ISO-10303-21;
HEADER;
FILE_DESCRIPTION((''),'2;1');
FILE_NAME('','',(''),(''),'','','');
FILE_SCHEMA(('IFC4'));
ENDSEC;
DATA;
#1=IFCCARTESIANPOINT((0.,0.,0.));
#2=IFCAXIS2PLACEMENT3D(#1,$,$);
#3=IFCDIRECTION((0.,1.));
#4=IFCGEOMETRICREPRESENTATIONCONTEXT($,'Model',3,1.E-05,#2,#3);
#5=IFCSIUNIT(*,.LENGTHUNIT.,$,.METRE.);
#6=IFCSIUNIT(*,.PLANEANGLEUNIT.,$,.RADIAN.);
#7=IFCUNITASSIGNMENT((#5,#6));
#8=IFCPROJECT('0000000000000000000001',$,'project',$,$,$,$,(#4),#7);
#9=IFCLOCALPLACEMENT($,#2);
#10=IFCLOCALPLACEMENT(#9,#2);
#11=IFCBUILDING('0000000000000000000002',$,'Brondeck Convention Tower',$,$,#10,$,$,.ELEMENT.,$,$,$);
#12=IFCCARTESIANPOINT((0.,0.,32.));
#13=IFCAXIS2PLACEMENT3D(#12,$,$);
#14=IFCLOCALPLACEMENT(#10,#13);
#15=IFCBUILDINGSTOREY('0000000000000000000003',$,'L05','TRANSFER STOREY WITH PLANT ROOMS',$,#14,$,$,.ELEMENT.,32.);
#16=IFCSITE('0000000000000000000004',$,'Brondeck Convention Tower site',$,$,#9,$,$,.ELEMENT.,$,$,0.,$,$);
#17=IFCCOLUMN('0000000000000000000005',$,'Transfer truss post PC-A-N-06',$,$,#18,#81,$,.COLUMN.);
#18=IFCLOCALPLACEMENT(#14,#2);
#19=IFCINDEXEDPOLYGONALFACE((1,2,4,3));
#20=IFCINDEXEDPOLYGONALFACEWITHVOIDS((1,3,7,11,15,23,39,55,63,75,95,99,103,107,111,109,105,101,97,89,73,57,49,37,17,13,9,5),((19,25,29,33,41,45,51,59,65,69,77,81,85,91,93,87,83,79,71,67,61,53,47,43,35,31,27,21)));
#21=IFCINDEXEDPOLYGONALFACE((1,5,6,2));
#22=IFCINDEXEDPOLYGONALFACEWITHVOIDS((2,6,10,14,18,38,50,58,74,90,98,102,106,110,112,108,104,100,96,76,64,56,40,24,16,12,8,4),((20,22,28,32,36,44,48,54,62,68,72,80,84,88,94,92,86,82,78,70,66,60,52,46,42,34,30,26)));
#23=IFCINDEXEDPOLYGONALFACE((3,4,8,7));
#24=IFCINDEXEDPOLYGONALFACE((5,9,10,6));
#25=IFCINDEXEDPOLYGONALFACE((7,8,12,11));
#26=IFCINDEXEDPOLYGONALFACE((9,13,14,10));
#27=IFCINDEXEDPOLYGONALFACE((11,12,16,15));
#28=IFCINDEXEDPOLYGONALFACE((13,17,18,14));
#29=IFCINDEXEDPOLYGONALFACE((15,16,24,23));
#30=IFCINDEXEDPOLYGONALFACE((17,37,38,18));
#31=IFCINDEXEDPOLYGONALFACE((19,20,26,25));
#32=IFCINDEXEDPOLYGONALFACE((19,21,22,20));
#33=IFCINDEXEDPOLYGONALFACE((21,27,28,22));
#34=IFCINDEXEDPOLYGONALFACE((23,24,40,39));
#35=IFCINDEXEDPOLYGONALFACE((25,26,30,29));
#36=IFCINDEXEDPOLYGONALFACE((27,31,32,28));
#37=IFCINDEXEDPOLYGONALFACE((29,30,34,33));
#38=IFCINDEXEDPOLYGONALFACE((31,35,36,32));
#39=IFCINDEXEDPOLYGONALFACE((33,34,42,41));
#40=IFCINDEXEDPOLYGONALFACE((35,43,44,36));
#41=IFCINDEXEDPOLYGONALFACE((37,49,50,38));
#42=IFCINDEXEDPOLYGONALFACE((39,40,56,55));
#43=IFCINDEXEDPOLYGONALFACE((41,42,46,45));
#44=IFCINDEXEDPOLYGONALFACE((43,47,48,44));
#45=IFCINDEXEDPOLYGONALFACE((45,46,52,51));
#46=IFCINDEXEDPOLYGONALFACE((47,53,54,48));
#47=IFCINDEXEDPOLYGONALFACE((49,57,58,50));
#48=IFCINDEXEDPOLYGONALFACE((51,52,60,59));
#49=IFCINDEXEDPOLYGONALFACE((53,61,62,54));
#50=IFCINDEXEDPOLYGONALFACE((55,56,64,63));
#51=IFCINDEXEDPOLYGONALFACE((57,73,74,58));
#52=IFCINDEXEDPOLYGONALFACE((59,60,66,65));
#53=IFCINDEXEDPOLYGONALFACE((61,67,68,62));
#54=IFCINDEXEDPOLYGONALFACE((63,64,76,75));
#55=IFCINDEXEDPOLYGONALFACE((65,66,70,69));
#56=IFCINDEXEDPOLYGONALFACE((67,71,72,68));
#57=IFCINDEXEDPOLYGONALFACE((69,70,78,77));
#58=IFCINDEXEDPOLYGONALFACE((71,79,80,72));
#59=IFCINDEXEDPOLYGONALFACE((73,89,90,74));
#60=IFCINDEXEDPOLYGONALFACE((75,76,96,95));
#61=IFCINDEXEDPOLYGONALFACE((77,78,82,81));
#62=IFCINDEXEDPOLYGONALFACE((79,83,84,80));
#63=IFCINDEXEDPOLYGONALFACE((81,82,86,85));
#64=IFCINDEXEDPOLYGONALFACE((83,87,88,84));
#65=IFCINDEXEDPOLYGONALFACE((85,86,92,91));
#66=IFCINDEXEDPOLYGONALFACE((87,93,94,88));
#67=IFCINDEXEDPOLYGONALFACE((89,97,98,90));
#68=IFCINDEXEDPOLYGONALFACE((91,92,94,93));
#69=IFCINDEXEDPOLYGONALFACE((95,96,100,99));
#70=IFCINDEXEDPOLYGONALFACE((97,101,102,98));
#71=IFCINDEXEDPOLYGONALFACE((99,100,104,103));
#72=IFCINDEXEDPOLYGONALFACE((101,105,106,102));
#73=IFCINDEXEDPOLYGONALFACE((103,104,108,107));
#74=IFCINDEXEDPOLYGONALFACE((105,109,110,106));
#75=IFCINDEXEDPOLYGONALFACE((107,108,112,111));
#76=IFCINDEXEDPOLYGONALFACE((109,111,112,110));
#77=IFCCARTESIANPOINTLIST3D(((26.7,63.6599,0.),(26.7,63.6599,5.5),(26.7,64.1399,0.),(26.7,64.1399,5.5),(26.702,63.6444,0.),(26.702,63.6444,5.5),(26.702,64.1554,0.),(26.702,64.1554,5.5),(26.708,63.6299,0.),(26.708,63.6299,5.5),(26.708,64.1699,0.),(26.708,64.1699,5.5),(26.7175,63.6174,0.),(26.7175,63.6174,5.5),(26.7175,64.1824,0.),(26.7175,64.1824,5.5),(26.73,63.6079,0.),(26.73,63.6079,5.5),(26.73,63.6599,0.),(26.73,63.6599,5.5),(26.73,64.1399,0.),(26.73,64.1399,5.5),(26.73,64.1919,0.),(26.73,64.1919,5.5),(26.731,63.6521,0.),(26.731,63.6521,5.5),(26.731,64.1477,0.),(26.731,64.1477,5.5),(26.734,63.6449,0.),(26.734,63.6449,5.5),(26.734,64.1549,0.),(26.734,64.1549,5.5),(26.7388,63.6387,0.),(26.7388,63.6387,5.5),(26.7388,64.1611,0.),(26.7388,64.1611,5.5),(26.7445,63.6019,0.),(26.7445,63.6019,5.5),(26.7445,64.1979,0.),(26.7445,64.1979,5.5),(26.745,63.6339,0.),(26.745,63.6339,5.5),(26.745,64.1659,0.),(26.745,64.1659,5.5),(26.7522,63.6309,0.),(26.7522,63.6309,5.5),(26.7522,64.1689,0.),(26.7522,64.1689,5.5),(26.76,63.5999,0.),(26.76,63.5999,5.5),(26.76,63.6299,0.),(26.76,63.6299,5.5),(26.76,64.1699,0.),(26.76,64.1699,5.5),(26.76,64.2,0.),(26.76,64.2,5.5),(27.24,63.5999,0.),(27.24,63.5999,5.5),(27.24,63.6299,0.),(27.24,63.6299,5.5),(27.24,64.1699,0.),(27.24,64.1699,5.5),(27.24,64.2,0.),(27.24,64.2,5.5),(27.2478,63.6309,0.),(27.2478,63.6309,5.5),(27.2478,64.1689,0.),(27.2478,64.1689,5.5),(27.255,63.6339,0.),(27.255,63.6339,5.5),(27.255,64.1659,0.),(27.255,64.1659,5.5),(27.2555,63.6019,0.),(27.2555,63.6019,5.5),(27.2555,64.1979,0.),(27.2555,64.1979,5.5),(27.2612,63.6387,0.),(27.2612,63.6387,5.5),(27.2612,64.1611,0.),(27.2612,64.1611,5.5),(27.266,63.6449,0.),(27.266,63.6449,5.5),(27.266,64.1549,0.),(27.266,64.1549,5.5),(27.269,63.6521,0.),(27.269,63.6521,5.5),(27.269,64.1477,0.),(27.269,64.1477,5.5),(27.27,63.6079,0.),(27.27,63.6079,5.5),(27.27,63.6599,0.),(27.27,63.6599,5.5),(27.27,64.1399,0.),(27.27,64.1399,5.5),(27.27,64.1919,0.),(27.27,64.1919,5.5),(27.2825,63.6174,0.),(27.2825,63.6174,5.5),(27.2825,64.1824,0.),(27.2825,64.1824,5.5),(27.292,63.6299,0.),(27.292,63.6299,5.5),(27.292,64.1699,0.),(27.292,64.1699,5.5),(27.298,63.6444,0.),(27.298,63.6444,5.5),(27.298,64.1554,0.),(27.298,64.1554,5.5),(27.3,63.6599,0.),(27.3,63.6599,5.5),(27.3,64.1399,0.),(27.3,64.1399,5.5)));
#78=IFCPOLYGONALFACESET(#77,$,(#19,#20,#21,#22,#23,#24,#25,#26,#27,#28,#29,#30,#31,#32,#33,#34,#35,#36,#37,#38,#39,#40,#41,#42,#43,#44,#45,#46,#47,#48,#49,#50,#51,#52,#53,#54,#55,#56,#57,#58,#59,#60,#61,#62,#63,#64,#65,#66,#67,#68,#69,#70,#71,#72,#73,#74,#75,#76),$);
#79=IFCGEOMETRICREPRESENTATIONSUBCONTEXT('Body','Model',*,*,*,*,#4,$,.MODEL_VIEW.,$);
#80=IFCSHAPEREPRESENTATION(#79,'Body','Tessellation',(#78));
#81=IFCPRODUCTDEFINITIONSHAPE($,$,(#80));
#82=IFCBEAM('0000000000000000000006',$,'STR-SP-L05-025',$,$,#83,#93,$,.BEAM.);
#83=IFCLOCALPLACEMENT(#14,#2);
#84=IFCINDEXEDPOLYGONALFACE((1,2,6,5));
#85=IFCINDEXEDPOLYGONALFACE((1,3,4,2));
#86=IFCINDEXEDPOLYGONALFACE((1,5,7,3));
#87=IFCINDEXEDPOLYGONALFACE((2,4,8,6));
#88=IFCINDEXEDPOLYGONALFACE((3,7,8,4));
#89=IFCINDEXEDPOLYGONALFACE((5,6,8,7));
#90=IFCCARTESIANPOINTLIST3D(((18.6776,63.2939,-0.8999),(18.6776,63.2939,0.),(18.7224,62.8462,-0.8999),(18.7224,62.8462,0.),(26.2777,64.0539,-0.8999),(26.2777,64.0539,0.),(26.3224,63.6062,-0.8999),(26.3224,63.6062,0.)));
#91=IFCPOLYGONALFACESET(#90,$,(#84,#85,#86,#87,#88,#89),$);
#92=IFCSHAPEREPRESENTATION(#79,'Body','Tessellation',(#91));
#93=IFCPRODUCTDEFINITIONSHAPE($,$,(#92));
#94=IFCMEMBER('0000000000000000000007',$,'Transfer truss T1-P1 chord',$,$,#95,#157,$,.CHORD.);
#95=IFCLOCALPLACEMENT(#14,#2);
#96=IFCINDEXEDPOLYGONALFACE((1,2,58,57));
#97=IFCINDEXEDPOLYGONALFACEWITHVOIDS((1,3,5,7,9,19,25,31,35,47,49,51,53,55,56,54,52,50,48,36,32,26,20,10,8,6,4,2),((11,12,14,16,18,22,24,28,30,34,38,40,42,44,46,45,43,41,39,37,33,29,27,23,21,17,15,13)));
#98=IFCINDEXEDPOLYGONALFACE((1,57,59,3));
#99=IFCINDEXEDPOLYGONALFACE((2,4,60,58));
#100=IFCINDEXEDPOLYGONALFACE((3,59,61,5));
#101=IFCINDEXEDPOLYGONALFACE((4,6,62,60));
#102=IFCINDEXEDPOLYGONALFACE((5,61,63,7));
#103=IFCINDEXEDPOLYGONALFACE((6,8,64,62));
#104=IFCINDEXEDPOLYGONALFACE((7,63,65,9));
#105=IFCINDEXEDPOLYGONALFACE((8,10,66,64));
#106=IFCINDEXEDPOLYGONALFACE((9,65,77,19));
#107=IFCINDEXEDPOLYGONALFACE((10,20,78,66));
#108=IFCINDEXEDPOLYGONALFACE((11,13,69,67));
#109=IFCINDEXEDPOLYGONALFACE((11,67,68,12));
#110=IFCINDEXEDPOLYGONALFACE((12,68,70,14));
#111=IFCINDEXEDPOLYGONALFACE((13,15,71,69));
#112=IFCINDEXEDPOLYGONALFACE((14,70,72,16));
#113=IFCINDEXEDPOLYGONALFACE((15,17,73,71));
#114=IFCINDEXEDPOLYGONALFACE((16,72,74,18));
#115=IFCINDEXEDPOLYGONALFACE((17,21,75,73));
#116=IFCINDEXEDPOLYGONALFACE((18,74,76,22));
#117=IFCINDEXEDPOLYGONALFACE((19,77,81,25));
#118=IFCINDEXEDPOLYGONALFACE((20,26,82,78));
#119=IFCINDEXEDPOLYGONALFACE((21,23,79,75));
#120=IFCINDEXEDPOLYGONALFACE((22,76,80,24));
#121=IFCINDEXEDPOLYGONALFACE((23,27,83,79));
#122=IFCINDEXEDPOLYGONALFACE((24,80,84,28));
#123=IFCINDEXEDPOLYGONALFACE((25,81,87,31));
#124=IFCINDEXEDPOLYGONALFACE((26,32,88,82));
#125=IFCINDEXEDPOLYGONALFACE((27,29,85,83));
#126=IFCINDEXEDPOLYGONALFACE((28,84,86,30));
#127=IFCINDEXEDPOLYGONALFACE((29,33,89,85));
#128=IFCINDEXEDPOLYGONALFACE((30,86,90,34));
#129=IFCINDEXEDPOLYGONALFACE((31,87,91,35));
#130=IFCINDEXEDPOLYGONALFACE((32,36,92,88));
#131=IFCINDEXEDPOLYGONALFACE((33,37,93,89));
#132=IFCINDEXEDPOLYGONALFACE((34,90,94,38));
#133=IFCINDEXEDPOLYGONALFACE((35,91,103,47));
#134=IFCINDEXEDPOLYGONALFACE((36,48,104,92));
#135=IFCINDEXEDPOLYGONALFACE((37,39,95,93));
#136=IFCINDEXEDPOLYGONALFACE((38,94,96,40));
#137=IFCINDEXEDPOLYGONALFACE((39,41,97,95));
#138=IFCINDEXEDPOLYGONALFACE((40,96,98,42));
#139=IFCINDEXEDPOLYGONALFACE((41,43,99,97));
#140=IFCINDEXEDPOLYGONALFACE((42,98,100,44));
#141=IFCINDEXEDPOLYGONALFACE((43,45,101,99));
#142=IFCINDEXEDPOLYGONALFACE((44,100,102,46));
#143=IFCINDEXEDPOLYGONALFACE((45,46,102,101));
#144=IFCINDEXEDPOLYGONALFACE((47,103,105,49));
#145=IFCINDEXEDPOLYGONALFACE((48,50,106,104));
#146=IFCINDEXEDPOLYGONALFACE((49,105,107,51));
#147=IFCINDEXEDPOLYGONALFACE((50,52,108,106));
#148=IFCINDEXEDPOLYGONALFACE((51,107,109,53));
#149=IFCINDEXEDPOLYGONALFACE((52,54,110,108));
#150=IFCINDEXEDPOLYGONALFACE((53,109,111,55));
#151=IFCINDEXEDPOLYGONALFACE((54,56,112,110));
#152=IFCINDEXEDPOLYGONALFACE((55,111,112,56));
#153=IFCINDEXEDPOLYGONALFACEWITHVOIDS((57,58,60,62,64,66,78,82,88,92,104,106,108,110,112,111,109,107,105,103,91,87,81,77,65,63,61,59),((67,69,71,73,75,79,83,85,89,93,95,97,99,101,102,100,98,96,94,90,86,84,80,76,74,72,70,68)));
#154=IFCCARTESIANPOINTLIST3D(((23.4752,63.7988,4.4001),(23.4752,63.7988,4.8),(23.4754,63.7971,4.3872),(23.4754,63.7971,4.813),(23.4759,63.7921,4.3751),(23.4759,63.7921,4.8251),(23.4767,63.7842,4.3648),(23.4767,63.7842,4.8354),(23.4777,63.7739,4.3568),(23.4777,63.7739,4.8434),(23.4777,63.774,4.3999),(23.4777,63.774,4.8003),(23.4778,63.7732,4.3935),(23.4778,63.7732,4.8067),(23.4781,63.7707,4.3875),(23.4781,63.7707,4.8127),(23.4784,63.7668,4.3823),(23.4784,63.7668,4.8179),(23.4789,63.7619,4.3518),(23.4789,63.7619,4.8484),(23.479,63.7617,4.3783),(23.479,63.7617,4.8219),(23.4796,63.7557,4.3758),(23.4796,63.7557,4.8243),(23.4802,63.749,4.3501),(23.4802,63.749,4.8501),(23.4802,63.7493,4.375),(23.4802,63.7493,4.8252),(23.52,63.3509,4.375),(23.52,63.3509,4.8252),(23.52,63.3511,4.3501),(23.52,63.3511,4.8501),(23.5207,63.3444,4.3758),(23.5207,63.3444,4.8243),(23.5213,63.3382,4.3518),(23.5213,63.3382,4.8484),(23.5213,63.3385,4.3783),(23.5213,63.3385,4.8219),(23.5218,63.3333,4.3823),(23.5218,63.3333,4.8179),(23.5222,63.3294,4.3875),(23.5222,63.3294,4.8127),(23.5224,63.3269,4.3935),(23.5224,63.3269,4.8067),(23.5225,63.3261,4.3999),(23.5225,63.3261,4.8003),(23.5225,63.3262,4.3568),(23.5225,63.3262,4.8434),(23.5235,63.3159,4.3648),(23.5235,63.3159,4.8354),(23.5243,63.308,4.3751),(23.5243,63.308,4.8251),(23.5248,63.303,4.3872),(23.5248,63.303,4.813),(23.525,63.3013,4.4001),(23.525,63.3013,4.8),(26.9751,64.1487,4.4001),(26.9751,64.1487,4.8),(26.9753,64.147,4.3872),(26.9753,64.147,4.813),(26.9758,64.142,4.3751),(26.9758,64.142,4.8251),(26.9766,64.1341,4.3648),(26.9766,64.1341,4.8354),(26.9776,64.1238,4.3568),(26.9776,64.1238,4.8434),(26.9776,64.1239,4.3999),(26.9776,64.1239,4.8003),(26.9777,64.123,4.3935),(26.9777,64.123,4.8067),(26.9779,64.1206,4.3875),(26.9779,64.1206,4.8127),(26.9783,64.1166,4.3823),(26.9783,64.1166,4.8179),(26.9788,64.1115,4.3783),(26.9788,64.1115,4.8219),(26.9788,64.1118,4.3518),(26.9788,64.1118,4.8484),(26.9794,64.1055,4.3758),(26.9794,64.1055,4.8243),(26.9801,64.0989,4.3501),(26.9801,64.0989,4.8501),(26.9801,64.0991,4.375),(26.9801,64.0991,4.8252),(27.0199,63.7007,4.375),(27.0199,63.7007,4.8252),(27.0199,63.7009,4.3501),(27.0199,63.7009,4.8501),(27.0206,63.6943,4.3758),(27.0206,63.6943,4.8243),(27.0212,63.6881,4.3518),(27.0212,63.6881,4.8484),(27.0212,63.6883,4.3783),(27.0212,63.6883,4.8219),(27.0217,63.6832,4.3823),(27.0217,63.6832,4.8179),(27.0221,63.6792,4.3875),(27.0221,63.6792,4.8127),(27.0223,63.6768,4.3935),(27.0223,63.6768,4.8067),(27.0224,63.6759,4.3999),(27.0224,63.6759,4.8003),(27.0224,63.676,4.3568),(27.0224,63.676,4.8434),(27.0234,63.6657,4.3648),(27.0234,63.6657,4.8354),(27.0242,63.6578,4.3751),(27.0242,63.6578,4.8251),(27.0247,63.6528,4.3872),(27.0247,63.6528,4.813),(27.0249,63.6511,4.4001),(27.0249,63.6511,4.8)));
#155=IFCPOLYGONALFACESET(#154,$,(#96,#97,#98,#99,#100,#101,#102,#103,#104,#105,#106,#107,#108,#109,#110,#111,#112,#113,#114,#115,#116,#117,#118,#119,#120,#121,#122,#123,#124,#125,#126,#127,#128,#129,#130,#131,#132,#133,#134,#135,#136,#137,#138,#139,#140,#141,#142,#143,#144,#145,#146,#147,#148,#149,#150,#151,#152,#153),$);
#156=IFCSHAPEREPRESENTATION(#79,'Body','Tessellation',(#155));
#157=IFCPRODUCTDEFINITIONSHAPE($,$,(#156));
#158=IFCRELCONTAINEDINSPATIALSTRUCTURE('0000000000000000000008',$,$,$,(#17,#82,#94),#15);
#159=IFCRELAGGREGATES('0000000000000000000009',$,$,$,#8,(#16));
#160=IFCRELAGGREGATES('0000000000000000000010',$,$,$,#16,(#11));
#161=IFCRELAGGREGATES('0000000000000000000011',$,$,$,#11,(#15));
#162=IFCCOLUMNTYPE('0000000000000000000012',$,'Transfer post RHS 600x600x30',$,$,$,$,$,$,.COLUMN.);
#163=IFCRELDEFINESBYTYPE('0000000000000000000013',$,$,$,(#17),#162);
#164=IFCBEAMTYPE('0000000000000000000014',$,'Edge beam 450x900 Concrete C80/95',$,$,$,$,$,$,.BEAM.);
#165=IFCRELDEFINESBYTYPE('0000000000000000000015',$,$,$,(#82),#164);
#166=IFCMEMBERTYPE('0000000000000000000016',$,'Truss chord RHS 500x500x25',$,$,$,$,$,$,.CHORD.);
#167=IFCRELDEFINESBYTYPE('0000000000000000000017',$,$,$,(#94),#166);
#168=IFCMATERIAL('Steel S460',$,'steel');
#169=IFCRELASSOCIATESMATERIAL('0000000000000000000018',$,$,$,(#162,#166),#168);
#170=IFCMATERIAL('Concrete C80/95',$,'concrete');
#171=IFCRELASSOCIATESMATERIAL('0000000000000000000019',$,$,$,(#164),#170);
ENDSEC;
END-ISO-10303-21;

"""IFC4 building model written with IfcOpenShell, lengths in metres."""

from ifc_helpers import new_model, si_unit, direction, frame, origin, origin_2d, place, context, subcontext, project, spatial, rectangle, hollow_rectangle, extrude, material, material_profile, profile_set, type_object, element, save


model = new_model("IFC4")

# Units and contexts
model_context = context("Model", 3, precision=1e-05, world=origin(), true_north=direction((0.0, 1.0)))
body_context = subcontext(model_context, "Body", "Model", "MODEL_VIEW")
ifc_project = project(units=[si_unit("LENGTHUNIT", "METRE"), si_unit("PLANEANGLEUNIT", "RADIAN")], contexts=[model_context])

# Site, building, storey
site_placement = place(None, origin())
site = spatial("IfcSite", under=ifc_project, at=site_placement, Name="Brondeck Convention Tower site", CompositionType="ELEMENT", RefElevation=0.0)
building_placement = place(site_placement, origin())
building = spatial("IfcBuilding", under=site, at=building_placement, Name="Brondeck Convention Tower", CompositionType="ELEMENT")
storey_placement = place(building_placement, frame((0.0, 0.0, 32.0)))
storey = spatial("IfcBuildingStorey", under=building, at=storey_placement, Name="L05", Description="TRANSFER STOREY WITH PLANT ROOMS", CompositionType="ELEMENT", Elevation=32.0)

# Column
ifc_material_1 = material(Name="Steel S460", Category="steel")
ifc_material_profile_1 = material_profile(ifc_material_1, hollow_rectangle(XDim=0.6001, YDim=0.6001, WallThickness=0.03, InnerFilletRadius=0.03, OuterFilletRadius=0.0601, at=origin_2d()), Name="RHS 600x600x30")
ifc_profile_set_1 = profile_set([ifc_material_profile_1], Name="Steel S460")
column_type = type_object("IfcColumnType", Name="Transfer post RHS 600x600x30", PredefinedType="COLUMN", material=ifc_profile_set_1)
column_placement = place(storey_placement, frame((27.0, 63.8999, 0.0), z_axis=(0.0, 0.0, 1.0), x_axis=(1.0, 0.0, 0.0)))
element("IfcColumn", 1, at=column_placement, inside=storey, type_object=column_type, Name="Transfer truss post PC-A-N-06", PredefinedType="COLUMN", context=body_context, shape_type="SweptSolid", body=[
    extrude(hollow_rectangle(XDim=0.6001, YDim=0.6001, WallThickness=0.03, InnerFilletRadius=0.03, OuterFilletRadius=0.0601, at=origin_2d()), origin(), (0.0, 0.0, 1.0), 5.5),
])

# Beam
ifc_material_2 = material(Name="Concrete C80/95", Category="concrete")
ifc_material_profile_2 = material_profile(ifc_material_2, rectangle(XDim=0.45, YDim=0.8999, at=origin_2d()), Name="Edge beam 450x900 Concrete C80/95")
ifc_profile_set_2 = profile_set([ifc_material_profile_2], Name="Concrete C80/95")
beam_type = type_object("IfcBeamType", Name="Edge beam 450x900 Concrete C80/95", PredefinedType="BEAM", material=ifc_profile_set_2)
beam_placement = place(storey_placement, frame((26.3, 63.8301, -0.45), z_axis=(-0.995037, -0.099504, 0.0), x_axis=(0.099504, -0.995037, 0.0)))
element("IfcBeam", 2, at=beam_placement, inside=storey, type_object=beam_type, Name="STR-SP-L05-025", PredefinedType="BEAM", context=body_context, shape_type="SweptSolid", body=[
    extrude(rectangle(XDim=0.45, YDim=0.8999, at=origin_2d()), origin(), (0.0, 0.0, 1.0), 7.6379),
])

# Member
ifc_material_profile_3 = material_profile(ifc_material_1, hollow_rectangle(XDim=0.5, YDim=0.5, WallThickness=0.0249, InnerFilletRadius=0.0249, OuterFilletRadius=0.05, at=origin_2d()), Name="RHS 500x500x25")
ifc_profile_set_3 = profile_set([ifc_material_profile_3], Name="Steel S460")
member_type_1 = type_object("IfcMemberType", Name="Truss chord RHS 500x500x25", PredefinedType="CHORD", material=ifc_profile_set_3)
member_1_placement = place(storey_placement, frame((27.0, 63.8999, 4.6001), z_axis=(-0.995041, -0.099462, 0.0), x_axis=(0.099462, -0.995041, 0.0)))
element("IfcMember", 3, at=member_1_placement, inside=storey, type_object=member_type_1, Name="Transfer truss T1-P1 chord", PredefinedType="CHORD", context=body_context, shape_type="SweptSolid", body=[
    extrude(hollow_rectangle(XDim=0.5, YDim=0.5, WallThickness=0.0249, InnerFilletRadius=0.0249, OuterFilletRadius=0.05, at=origin_2d()), origin(), (0.0, 0.0, 1.0), 3.5173),
])

save(model, "model.ifc")
